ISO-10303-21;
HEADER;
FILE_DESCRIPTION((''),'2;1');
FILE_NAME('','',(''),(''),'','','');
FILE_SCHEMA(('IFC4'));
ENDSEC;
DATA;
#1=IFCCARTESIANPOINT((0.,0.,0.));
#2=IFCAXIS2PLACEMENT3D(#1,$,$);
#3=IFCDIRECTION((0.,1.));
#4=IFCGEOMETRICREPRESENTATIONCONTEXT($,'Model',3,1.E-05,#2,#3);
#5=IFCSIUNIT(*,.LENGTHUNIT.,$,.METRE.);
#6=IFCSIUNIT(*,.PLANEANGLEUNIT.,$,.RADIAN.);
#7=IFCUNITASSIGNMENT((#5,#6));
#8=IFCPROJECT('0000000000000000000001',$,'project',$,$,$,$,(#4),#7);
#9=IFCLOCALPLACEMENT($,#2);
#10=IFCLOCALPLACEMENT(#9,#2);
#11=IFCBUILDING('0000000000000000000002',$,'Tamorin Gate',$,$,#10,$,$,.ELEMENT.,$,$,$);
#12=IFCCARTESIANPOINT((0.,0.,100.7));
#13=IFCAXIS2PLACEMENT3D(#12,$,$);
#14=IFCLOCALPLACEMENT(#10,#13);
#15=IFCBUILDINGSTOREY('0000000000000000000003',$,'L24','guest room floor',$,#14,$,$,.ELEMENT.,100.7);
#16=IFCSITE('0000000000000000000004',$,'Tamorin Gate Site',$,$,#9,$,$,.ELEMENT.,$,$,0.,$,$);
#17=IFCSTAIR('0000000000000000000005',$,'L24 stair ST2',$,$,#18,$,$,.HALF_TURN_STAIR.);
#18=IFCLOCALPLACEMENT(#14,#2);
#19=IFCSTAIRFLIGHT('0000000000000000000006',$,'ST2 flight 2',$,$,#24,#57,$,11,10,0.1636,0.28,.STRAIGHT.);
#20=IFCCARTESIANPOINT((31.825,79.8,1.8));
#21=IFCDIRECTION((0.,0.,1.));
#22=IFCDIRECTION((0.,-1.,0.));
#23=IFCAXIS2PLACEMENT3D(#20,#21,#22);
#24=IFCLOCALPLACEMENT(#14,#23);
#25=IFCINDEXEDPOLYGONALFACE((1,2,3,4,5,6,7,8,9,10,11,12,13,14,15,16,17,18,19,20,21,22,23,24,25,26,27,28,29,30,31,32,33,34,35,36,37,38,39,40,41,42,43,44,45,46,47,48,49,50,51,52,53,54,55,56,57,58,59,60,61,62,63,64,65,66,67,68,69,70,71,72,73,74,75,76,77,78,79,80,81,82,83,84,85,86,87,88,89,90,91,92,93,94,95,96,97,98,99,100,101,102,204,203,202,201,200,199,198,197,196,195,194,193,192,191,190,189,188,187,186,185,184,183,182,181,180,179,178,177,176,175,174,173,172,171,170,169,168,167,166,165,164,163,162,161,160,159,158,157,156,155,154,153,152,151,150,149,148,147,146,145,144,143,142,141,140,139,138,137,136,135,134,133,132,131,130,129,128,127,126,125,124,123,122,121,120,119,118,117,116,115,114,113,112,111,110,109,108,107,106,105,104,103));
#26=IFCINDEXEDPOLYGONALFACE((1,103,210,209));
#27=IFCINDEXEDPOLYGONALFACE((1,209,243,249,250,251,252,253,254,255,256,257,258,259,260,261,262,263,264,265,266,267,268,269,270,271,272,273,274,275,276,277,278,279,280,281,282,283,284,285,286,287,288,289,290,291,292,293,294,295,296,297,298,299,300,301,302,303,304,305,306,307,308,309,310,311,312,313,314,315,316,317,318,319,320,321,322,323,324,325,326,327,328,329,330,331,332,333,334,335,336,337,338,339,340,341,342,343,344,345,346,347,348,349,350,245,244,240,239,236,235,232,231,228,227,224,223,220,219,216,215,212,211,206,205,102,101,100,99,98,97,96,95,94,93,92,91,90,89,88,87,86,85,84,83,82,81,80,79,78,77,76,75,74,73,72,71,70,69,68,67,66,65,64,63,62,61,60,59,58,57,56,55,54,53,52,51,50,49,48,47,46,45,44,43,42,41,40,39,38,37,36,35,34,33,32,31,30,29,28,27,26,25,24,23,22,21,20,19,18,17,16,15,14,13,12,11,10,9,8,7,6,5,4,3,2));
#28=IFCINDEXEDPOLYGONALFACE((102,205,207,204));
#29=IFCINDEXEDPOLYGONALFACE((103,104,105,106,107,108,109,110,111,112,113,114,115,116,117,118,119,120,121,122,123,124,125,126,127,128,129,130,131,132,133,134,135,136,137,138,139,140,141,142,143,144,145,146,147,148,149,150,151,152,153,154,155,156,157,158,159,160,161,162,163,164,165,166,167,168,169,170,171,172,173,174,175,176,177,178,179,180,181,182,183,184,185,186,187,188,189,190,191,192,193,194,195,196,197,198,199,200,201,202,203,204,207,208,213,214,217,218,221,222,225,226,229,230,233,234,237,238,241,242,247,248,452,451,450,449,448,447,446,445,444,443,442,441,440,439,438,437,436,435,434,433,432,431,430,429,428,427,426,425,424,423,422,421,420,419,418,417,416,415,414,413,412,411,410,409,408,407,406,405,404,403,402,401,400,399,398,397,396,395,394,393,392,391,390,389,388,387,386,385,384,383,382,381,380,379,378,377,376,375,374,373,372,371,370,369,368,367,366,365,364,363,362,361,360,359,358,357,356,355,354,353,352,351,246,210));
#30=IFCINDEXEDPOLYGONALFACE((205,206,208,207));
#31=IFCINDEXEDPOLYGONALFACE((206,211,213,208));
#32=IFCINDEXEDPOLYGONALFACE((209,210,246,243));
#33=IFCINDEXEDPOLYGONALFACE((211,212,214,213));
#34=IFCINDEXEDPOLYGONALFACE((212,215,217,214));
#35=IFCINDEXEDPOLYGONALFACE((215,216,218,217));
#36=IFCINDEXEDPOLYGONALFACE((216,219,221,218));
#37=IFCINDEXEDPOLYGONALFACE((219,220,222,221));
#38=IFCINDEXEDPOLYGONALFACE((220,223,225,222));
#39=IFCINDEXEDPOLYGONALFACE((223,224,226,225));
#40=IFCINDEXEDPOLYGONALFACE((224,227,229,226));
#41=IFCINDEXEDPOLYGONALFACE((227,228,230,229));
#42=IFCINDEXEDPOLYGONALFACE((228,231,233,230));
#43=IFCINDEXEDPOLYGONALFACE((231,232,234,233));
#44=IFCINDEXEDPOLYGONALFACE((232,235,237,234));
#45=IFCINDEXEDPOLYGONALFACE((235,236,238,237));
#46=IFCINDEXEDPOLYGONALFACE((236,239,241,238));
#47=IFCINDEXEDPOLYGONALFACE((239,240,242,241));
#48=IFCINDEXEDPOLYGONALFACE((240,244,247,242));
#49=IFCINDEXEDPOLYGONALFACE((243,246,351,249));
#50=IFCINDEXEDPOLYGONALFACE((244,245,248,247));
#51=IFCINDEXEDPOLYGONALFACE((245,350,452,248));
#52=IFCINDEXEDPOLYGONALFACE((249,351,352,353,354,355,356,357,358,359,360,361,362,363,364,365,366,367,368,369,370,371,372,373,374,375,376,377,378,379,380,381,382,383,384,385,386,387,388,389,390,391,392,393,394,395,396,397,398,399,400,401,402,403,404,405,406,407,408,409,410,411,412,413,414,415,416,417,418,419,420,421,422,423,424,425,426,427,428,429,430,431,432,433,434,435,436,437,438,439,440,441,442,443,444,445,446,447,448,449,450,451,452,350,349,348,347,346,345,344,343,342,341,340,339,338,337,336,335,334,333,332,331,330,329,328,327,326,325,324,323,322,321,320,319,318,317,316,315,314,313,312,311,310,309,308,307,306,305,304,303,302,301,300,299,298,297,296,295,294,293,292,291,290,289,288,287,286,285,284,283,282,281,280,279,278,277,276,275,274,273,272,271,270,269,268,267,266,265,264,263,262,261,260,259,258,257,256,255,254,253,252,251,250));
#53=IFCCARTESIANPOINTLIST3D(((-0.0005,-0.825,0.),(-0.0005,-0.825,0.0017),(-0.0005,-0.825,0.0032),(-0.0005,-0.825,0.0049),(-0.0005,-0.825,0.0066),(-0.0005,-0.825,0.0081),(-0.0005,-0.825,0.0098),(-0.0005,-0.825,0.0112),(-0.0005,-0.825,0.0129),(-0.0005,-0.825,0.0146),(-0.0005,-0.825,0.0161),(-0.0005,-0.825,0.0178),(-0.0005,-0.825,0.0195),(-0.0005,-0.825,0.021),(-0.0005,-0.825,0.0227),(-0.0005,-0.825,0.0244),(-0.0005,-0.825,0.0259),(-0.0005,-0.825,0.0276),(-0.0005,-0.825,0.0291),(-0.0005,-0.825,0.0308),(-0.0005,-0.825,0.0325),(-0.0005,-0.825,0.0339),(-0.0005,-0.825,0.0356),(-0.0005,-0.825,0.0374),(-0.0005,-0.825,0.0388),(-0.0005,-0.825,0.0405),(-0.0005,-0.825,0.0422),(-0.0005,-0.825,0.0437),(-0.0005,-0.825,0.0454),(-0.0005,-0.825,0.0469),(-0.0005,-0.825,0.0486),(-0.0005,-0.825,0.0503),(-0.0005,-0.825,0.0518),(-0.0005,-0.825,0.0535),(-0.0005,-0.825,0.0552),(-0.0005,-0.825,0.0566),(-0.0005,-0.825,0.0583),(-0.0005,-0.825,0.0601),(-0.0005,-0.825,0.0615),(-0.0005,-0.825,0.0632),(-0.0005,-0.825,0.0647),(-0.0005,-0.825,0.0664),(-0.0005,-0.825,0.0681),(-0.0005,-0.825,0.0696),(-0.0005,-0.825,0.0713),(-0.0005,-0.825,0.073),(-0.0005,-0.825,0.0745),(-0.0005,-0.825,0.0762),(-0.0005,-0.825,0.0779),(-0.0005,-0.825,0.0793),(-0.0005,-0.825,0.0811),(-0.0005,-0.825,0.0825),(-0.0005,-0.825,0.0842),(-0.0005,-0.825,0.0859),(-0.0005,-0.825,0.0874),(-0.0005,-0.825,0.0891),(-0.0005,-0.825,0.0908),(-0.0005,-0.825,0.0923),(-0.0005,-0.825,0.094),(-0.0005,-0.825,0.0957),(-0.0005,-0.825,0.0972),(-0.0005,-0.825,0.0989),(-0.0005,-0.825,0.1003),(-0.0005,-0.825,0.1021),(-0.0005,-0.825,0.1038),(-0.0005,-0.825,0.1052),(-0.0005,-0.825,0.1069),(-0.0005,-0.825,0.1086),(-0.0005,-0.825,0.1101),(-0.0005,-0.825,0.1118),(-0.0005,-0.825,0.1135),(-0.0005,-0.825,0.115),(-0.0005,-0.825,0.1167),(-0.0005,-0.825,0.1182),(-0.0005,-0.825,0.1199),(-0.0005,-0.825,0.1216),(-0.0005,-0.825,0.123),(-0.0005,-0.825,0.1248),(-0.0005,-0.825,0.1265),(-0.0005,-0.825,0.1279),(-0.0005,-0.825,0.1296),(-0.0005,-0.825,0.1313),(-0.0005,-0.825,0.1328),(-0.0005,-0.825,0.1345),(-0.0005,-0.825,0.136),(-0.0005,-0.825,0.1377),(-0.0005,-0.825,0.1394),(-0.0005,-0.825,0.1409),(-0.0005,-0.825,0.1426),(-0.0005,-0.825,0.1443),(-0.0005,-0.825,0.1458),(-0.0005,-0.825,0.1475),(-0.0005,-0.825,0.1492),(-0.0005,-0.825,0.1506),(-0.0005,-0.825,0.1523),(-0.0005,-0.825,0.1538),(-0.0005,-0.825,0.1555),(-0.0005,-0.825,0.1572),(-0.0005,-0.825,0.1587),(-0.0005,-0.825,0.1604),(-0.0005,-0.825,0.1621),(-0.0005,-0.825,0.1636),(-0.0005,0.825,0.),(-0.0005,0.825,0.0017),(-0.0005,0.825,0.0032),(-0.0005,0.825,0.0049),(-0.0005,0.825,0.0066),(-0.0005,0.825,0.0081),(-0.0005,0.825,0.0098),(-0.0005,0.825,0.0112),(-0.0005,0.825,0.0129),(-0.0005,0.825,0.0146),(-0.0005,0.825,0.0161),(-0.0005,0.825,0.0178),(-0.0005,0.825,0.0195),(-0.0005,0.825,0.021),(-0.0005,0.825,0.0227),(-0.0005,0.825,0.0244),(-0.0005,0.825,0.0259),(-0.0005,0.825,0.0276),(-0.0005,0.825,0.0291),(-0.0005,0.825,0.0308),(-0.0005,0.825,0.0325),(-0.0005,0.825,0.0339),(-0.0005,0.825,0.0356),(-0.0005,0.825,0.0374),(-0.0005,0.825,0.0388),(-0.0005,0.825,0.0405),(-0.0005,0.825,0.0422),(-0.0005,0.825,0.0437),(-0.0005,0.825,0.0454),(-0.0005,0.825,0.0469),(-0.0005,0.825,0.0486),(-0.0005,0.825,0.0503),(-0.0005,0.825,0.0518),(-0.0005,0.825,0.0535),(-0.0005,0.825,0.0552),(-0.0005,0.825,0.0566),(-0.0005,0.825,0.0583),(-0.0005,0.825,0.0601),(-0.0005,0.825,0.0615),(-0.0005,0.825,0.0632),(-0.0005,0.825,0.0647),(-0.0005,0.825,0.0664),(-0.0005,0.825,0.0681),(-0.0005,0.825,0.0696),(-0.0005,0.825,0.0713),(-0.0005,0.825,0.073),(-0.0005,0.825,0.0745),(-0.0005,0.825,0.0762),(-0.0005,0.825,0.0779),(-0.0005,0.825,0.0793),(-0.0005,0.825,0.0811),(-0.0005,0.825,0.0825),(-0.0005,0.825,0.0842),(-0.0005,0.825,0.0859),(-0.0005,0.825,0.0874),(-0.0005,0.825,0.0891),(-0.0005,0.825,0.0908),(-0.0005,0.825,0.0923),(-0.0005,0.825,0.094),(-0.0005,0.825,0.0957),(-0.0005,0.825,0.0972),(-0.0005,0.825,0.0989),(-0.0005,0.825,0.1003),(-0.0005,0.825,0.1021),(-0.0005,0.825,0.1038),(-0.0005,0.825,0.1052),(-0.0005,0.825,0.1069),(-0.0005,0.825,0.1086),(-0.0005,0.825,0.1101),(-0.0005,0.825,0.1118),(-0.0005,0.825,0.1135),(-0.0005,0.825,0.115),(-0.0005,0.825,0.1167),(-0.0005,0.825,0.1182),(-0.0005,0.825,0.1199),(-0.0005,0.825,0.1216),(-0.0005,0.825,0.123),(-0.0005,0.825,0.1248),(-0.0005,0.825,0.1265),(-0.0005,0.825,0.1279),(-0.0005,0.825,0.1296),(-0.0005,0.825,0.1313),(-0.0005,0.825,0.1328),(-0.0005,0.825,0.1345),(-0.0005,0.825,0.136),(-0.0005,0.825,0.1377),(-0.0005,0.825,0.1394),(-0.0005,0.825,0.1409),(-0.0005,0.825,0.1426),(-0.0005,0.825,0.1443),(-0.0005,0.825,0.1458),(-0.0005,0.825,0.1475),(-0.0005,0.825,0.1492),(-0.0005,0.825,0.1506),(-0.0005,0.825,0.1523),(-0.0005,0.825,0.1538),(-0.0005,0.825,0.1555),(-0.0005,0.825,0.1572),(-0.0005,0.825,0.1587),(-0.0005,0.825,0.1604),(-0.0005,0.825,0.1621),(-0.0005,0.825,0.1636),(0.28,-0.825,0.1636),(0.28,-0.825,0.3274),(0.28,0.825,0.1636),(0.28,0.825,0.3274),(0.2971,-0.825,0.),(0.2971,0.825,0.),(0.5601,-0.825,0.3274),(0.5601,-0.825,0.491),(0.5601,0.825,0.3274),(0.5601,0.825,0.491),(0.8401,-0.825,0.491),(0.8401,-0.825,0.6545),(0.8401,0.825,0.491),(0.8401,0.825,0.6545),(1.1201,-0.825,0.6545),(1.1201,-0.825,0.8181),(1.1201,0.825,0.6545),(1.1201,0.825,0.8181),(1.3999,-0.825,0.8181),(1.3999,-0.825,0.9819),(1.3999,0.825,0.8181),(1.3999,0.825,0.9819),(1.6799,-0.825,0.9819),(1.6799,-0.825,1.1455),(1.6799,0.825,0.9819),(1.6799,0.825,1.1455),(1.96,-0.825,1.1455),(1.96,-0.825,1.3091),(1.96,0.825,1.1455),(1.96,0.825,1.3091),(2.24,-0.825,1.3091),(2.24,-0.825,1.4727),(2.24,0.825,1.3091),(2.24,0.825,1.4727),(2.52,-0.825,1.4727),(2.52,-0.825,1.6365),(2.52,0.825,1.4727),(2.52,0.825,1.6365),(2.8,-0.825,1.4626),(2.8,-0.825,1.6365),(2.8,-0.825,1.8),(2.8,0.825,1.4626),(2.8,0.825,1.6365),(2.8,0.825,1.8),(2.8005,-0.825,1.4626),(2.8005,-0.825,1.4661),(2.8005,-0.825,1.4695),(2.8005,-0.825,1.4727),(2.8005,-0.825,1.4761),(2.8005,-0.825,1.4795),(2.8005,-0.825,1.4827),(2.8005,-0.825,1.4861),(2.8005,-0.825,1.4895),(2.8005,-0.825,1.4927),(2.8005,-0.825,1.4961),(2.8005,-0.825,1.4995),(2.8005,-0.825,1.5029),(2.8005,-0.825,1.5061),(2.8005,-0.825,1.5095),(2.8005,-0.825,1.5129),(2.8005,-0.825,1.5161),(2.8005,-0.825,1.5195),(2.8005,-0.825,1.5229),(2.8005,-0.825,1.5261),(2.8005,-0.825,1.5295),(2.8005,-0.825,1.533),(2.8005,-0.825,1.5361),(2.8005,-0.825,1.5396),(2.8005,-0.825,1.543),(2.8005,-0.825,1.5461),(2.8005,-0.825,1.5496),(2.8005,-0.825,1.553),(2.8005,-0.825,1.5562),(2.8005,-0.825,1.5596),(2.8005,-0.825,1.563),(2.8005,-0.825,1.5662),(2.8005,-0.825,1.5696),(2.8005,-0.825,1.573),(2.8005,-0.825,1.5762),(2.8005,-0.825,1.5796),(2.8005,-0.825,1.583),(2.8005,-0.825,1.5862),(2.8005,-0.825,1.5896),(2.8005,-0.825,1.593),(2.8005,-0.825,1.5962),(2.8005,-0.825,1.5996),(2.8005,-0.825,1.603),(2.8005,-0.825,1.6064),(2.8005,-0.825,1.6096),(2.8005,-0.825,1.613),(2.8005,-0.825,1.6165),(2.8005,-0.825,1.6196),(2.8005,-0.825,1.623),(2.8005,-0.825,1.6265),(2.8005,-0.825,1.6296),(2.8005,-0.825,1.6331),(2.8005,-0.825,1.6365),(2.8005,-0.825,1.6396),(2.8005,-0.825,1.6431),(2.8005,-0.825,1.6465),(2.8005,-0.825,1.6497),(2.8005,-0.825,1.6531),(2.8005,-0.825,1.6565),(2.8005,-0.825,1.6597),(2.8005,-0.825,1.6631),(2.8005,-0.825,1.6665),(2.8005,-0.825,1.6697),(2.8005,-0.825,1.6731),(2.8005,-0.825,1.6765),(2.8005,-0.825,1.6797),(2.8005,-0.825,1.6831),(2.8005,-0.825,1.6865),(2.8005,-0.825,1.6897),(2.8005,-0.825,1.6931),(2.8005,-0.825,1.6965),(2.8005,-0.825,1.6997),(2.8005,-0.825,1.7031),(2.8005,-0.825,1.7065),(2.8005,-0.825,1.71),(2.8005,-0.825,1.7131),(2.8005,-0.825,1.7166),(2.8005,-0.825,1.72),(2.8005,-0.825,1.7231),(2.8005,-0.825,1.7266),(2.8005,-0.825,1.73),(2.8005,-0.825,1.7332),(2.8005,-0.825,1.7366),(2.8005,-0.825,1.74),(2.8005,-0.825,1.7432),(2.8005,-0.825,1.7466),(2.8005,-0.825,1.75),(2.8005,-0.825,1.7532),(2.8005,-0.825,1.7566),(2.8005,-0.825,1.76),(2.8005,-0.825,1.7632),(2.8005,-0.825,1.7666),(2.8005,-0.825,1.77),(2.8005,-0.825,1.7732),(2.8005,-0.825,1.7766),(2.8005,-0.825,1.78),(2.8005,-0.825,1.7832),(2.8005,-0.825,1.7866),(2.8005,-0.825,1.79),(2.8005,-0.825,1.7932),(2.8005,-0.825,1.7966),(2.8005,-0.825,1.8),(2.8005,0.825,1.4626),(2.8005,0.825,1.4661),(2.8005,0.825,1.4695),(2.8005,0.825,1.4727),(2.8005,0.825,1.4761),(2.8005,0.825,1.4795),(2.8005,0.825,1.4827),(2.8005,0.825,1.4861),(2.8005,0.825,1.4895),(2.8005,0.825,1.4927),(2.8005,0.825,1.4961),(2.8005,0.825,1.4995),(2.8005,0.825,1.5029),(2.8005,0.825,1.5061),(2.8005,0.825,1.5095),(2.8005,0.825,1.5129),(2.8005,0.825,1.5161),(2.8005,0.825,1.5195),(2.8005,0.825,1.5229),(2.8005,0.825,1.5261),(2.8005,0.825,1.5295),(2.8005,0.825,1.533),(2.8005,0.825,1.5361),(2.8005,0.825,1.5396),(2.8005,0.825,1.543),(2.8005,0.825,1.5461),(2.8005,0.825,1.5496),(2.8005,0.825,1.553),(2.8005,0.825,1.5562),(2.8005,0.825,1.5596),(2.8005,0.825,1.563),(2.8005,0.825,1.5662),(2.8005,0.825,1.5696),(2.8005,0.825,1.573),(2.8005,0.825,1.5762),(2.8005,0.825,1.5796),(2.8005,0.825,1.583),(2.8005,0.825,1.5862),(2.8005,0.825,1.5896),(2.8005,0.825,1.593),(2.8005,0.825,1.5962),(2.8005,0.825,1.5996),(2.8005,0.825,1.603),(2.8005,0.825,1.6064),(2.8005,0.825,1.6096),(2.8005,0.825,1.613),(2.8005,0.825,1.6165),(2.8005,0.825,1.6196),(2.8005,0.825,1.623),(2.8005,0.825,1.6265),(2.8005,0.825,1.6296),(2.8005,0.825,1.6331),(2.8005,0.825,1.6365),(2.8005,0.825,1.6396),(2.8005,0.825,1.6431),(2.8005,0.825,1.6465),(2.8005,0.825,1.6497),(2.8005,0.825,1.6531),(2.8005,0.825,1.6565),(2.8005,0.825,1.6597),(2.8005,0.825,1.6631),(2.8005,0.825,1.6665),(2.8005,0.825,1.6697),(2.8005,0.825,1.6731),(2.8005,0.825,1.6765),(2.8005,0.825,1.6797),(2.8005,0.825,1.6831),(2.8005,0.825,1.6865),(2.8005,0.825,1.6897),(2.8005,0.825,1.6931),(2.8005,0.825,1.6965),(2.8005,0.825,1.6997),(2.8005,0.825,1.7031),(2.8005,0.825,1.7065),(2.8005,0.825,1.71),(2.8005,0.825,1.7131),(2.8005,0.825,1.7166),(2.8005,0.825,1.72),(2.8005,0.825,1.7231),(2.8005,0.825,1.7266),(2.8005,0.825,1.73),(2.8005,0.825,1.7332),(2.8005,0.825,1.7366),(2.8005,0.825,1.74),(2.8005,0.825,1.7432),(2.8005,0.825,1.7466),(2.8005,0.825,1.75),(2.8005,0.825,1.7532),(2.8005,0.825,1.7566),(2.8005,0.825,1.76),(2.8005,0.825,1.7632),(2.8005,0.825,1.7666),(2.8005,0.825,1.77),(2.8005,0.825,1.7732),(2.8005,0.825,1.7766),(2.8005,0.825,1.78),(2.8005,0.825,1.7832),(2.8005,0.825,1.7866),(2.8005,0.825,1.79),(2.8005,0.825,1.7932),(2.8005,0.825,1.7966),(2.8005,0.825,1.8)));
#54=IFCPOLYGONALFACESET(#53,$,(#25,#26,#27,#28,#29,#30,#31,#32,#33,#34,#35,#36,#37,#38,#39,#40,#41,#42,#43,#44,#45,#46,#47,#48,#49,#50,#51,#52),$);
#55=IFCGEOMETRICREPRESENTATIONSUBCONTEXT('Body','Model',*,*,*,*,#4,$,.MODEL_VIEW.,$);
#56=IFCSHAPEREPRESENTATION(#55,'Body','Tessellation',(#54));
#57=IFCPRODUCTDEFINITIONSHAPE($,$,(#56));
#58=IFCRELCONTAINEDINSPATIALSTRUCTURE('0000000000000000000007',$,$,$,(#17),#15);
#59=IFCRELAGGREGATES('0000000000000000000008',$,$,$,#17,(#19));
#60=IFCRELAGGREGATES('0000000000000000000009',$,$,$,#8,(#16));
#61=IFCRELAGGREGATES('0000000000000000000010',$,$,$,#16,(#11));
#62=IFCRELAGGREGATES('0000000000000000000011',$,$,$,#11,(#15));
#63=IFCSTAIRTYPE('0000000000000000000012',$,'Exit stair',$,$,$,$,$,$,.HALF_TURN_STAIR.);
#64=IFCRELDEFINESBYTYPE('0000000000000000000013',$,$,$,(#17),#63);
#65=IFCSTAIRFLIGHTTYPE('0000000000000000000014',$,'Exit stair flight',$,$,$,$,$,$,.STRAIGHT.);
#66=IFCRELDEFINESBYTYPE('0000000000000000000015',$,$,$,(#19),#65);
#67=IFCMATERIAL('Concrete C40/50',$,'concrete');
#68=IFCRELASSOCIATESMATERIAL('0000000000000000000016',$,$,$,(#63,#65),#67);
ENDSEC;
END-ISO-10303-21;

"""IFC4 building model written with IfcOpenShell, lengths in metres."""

from ifc_helpers import new_model, si_unit, direction, frame, origin, place, context, subcontext, project, spatial, polyline, outline, extrude, material, type_object, element, aggregate, save


model = new_model("IFC4")

# Units and contexts
model_context = context("Model", 3, precision=1e-05, world=origin(), true_north=direction((0.0, 1.0)))
body_context = subcontext(model_context, "Body", "Model", "MODEL_VIEW")
ifc_project = project(units=[si_unit("LENGTHUNIT", "METRE"), si_unit("PLANEANGLEUNIT", "RADIAN")], contexts=[model_context])

# Site, building, storey
site_placement = place(None, origin())
site = spatial("IfcSite", under=ifc_project, at=site_placement, Name="Tamorin Gate Site", CompositionType="ELEMENT", RefElevation=0.0)
building_placement = place(site_placement, origin())
building = spatial("IfcBuilding", under=site, at=building_placement, Name="Tamorin Gate", CompositionType="ELEMENT")
storey_placement = place(building_placement, frame((0.0, 0.0, 100.7)))
storey = spatial("IfcBuildingStorey", under=building, at=storey_placement, Name="L24", Description="guest room floor", CompositionType="ELEMENT", Elevation=100.7)

# Shared definitions
ifc_material_1 = material(Name="Concrete C40/50", Category="concrete")

# Stair, stair flight
stair_type = type_object("IfcStairType", Name="Exit stair", PredefinedType="HALF_TURN_STAIR", material=ifc_material_1)
stair_placement = place(storey_placement, origin())
stair = element("IfcStair", 1, at=stair_placement, inside=storey, type_object=stair_type, Name="L24 stair ST2", PredefinedType="HALF_TURN_STAIR")
stair_flight_type = type_object("IfcStairFlightType", Name="Exit stair flight", PredefinedType="STRAIGHT", material=ifc_material_1)
stair_flight_1_placement = place(storey_placement, frame((31.825, 79.8, 1.8), z_axis=(0.0, 0.0, 1.0), x_axis=(0.0, -1.0, 0.0)))
stair_flight_1 = element("IfcStairFlight", 2, at=stair_flight_1_placement, type_object=stair_flight_type, Name="ST2 flight 2", NumberOfRisers=11, NumberOfTreads=10, PredefinedType="STRAIGHT", RiserHeight=0.1636, TreadLength=0.28, context=body_context, shape_type="SweptSolid", body=[
    extrude(outline(polyline([(-0.0005, 0.0), (-0.0005, 0.0017), (-0.0005, 0.0032), (-0.0005, 0.0049), (-0.0005, 0.0066), (-0.0005, 0.0081), (-0.0005, 0.0098), (-0.0005, 0.0112), (-0.0005, 0.0129), (-0.0005, 0.0146), (-0.0005, 0.0161), (-0.0005, 0.0178), (-0.0005, 0.0195), (-0.0005, 0.021), (-0.0005, 0.0227), (-0.0005, 0.0244), (-0.0005, 0.0259), (-0.0005, 0.0276), (-0.0005, 0.0291), (-0.0005, 0.0308), (-0.0005, 0.0325), (-0.0005, 0.0339), (-0.0005, 0.0356), (-0.0005, 0.0374), (-0.0005, 0.0388), (-0.0005, 0.0405), (-0.0005, 0.0422), (-0.0005, 0.0437), (-0.0005, 0.0454), (-0.0005, 0.0469), (-0.0005, 0.0486), (-0.0005, 0.0503), (-0.0005, 0.0518), (-0.0005, 0.0535), (-0.0005, 0.0552), (-0.0005, 0.0566), (-0.0005, 0.0583), (-0.0005, 0.0601), (-0.0005, 0.0615), (-0.0005, 0.0632), (-0.0005, 0.0647), (-0.0005, 0.0664), (-0.0005, 0.0681), (-0.0005, 0.0696), (-0.0005, 0.0713), (-0.0005, 0.073), (-0.0005, 0.0745), (-0.0005, 0.0762), (-0.0005, 0.0779), (-0.0005, 0.0793), (-0.0005, 0.0811), (-0.0005, 0.0825), (-0.0005, 0.0842), (-0.0005, 0.0859), (-0.0005, 0.0874), (-0.0005, 0.0891), (-0.0005, 0.0908), (-0.0005, 0.0923), (-0.0005, 0.094), (-0.0005, 0.0957), (-0.0005, 0.0972), (-0.0005, 0.0989), (-0.0005, 0.1003), (-0.0005, 0.1021), (-0.0005, 0.1038), (-0.0005, 0.1052), (-0.0005, 0.1069), (-0.0005, 0.1086), (-0.0005, 0.1101), (-0.0005, 0.1118), (-0.0005, 0.1135), (-0.0005, 0.115), (-0.0005, 0.1167), (-0.0005, 0.1182), (-0.0005, 0.1199), (-0.0005, 0.1216), (-0.0005, 0.123), (-0.0005, 0.1248), (-0.0005, 0.1265), (-0.0005, 0.1279), (-0.0005, 0.1296), (-0.0005, 0.1313), (-0.0005, 0.1328), (-0.0005, 0.1345), (-0.0005, 0.136), (-0.0005, 0.1377), (-0.0005, 0.1394), (-0.0005, 0.1409), (-0.0005, 0.1426), (-0.0005, 0.1443), (-0.0005, 0.1458), (-0.0005, 0.1475), (-0.0005, 0.1492), (-0.0005, 0.1506), (-0.0005, 0.1523), (-0.0005, 0.1538), (-0.0005, 0.1555), (-0.0005, 0.1572), (-0.0005, 0.1587), (-0.0005, 0.1604), (-0.0005, 0.1621), (-0.0005, 0.1636), (0.28, 0.1636), (0.28, 0.3274), (0.5601, 0.3274), (0.5601, 0.491), (0.8401, 0.491), (0.8401, 0.6545), (1.1201, 0.6545), (1.1201, 0.8181), (1.3999, 0.8181), (1.3999, 0.9819), (1.6799, 0.9819), (1.6799, 1.1455), (1.96, 1.1455), (1.96, 1.3091), (2.24, 1.3091), (2.24, 1.4727), (2.52, 1.4727), (2.52, 1.6365), (2.8, 1.6365), (2.8, 1.8), (2.8005, 1.8), (2.8005, 1.7966), (2.8005, 1.7932), (2.8005, 1.79), (2.8005, 1.7866), (2.8005, 1.7832), (2.8005, 1.78), (2.8005, 1.7766), (2.8005, 1.7732), (2.8005, 1.77), (2.8005, 1.7666), (2.8005, 1.7632), (2.8005, 1.76), (2.8005, 1.7566), (2.8005, 1.7532), (2.8005, 1.75), (2.8005, 1.7466), (2.8005, 1.7432), (2.8005, 1.74), (2.8005, 1.7366), (2.8005, 1.7332), (2.8005, 1.73), (2.8005, 1.7266), (2.8005, 1.7231), (2.8005, 1.72), (2.8005, 1.7166), (2.8005, 1.7131), (2.8005, 1.71), (2.8005, 1.7065), (2.8005, 1.7031), (2.8005, 1.6997), (2.8005, 1.6965), (2.8005, 1.6931), (2.8005, 1.6897), (2.8005, 1.6865), (2.8005, 1.6831), (2.8005, 1.6797), (2.8005, 1.6765), (2.8005, 1.6731), (2.8005, 1.6697), (2.8005, 1.6665), (2.8005, 1.6631), (2.8005, 1.6597), (2.8005, 1.6565), (2.8005, 1.6531), (2.8005, 1.6497), (2.8005, 1.6465), (2.8005, 1.6431), (2.8005, 1.6396), (2.8005, 1.6365), (2.8005, 1.6331), (2.8005, 1.6296), (2.8005, 1.6265), (2.8005, 1.623), (2.8005, 1.6196), (2.8005, 1.6165), (2.8005, 1.613), (2.8005, 1.6096), (2.8005, 1.6064), (2.8005, 1.603), (2.8005, 1.5996), (2.8005, 1.5962), (2.8005, 1.593), (2.8005, 1.5896), (2.8005, 1.5862), (2.8005, 1.583), (2.8005, 1.5796), (2.8005, 1.5762), (2.8005, 1.573), (2.8005, 1.5696), (2.8005, 1.5662), (2.8005, 1.563), (2.8005, 1.5596), (2.8005, 1.5562), (2.8005, 1.553), (2.8005, 1.5496), (2.8005, 1.5461), (2.8005, 1.543), (2.8005, 1.5396), (2.8005, 1.5361), (2.8005, 1.533), (2.8005, 1.5295), (2.8005, 1.5261), (2.8005, 1.5229), (2.8005, 1.5195), (2.8005, 1.5161), (2.8005, 1.5129), (2.8005, 1.5095), (2.8005, 1.5061), (2.8005, 1.5029), (2.8005, 1.4995), (2.8005, 1.4961), (2.8005, 1.4927), (2.8005, 1.4895), (2.8005, 1.4861), (2.8005, 1.4827), (2.8005, 1.4795), (2.8005, 1.4761), (2.8005, 1.4727), (2.8005, 1.4695), (2.8005, 1.4661), (2.8005, 1.4626), (2.8, 1.4626), (0.2971, 0.0), (-0.0005, 0.0)])), frame((0.0, 0.825, 0.0), z_axis=(0.0, -1.0, 0.0), x_axis=(1.0, 0.0, 0.0)), (0.0, 0.0, 1.0), 1.6499),
])
aggregate(stair, [stair_flight_1])

save(model, "model.ifc")
